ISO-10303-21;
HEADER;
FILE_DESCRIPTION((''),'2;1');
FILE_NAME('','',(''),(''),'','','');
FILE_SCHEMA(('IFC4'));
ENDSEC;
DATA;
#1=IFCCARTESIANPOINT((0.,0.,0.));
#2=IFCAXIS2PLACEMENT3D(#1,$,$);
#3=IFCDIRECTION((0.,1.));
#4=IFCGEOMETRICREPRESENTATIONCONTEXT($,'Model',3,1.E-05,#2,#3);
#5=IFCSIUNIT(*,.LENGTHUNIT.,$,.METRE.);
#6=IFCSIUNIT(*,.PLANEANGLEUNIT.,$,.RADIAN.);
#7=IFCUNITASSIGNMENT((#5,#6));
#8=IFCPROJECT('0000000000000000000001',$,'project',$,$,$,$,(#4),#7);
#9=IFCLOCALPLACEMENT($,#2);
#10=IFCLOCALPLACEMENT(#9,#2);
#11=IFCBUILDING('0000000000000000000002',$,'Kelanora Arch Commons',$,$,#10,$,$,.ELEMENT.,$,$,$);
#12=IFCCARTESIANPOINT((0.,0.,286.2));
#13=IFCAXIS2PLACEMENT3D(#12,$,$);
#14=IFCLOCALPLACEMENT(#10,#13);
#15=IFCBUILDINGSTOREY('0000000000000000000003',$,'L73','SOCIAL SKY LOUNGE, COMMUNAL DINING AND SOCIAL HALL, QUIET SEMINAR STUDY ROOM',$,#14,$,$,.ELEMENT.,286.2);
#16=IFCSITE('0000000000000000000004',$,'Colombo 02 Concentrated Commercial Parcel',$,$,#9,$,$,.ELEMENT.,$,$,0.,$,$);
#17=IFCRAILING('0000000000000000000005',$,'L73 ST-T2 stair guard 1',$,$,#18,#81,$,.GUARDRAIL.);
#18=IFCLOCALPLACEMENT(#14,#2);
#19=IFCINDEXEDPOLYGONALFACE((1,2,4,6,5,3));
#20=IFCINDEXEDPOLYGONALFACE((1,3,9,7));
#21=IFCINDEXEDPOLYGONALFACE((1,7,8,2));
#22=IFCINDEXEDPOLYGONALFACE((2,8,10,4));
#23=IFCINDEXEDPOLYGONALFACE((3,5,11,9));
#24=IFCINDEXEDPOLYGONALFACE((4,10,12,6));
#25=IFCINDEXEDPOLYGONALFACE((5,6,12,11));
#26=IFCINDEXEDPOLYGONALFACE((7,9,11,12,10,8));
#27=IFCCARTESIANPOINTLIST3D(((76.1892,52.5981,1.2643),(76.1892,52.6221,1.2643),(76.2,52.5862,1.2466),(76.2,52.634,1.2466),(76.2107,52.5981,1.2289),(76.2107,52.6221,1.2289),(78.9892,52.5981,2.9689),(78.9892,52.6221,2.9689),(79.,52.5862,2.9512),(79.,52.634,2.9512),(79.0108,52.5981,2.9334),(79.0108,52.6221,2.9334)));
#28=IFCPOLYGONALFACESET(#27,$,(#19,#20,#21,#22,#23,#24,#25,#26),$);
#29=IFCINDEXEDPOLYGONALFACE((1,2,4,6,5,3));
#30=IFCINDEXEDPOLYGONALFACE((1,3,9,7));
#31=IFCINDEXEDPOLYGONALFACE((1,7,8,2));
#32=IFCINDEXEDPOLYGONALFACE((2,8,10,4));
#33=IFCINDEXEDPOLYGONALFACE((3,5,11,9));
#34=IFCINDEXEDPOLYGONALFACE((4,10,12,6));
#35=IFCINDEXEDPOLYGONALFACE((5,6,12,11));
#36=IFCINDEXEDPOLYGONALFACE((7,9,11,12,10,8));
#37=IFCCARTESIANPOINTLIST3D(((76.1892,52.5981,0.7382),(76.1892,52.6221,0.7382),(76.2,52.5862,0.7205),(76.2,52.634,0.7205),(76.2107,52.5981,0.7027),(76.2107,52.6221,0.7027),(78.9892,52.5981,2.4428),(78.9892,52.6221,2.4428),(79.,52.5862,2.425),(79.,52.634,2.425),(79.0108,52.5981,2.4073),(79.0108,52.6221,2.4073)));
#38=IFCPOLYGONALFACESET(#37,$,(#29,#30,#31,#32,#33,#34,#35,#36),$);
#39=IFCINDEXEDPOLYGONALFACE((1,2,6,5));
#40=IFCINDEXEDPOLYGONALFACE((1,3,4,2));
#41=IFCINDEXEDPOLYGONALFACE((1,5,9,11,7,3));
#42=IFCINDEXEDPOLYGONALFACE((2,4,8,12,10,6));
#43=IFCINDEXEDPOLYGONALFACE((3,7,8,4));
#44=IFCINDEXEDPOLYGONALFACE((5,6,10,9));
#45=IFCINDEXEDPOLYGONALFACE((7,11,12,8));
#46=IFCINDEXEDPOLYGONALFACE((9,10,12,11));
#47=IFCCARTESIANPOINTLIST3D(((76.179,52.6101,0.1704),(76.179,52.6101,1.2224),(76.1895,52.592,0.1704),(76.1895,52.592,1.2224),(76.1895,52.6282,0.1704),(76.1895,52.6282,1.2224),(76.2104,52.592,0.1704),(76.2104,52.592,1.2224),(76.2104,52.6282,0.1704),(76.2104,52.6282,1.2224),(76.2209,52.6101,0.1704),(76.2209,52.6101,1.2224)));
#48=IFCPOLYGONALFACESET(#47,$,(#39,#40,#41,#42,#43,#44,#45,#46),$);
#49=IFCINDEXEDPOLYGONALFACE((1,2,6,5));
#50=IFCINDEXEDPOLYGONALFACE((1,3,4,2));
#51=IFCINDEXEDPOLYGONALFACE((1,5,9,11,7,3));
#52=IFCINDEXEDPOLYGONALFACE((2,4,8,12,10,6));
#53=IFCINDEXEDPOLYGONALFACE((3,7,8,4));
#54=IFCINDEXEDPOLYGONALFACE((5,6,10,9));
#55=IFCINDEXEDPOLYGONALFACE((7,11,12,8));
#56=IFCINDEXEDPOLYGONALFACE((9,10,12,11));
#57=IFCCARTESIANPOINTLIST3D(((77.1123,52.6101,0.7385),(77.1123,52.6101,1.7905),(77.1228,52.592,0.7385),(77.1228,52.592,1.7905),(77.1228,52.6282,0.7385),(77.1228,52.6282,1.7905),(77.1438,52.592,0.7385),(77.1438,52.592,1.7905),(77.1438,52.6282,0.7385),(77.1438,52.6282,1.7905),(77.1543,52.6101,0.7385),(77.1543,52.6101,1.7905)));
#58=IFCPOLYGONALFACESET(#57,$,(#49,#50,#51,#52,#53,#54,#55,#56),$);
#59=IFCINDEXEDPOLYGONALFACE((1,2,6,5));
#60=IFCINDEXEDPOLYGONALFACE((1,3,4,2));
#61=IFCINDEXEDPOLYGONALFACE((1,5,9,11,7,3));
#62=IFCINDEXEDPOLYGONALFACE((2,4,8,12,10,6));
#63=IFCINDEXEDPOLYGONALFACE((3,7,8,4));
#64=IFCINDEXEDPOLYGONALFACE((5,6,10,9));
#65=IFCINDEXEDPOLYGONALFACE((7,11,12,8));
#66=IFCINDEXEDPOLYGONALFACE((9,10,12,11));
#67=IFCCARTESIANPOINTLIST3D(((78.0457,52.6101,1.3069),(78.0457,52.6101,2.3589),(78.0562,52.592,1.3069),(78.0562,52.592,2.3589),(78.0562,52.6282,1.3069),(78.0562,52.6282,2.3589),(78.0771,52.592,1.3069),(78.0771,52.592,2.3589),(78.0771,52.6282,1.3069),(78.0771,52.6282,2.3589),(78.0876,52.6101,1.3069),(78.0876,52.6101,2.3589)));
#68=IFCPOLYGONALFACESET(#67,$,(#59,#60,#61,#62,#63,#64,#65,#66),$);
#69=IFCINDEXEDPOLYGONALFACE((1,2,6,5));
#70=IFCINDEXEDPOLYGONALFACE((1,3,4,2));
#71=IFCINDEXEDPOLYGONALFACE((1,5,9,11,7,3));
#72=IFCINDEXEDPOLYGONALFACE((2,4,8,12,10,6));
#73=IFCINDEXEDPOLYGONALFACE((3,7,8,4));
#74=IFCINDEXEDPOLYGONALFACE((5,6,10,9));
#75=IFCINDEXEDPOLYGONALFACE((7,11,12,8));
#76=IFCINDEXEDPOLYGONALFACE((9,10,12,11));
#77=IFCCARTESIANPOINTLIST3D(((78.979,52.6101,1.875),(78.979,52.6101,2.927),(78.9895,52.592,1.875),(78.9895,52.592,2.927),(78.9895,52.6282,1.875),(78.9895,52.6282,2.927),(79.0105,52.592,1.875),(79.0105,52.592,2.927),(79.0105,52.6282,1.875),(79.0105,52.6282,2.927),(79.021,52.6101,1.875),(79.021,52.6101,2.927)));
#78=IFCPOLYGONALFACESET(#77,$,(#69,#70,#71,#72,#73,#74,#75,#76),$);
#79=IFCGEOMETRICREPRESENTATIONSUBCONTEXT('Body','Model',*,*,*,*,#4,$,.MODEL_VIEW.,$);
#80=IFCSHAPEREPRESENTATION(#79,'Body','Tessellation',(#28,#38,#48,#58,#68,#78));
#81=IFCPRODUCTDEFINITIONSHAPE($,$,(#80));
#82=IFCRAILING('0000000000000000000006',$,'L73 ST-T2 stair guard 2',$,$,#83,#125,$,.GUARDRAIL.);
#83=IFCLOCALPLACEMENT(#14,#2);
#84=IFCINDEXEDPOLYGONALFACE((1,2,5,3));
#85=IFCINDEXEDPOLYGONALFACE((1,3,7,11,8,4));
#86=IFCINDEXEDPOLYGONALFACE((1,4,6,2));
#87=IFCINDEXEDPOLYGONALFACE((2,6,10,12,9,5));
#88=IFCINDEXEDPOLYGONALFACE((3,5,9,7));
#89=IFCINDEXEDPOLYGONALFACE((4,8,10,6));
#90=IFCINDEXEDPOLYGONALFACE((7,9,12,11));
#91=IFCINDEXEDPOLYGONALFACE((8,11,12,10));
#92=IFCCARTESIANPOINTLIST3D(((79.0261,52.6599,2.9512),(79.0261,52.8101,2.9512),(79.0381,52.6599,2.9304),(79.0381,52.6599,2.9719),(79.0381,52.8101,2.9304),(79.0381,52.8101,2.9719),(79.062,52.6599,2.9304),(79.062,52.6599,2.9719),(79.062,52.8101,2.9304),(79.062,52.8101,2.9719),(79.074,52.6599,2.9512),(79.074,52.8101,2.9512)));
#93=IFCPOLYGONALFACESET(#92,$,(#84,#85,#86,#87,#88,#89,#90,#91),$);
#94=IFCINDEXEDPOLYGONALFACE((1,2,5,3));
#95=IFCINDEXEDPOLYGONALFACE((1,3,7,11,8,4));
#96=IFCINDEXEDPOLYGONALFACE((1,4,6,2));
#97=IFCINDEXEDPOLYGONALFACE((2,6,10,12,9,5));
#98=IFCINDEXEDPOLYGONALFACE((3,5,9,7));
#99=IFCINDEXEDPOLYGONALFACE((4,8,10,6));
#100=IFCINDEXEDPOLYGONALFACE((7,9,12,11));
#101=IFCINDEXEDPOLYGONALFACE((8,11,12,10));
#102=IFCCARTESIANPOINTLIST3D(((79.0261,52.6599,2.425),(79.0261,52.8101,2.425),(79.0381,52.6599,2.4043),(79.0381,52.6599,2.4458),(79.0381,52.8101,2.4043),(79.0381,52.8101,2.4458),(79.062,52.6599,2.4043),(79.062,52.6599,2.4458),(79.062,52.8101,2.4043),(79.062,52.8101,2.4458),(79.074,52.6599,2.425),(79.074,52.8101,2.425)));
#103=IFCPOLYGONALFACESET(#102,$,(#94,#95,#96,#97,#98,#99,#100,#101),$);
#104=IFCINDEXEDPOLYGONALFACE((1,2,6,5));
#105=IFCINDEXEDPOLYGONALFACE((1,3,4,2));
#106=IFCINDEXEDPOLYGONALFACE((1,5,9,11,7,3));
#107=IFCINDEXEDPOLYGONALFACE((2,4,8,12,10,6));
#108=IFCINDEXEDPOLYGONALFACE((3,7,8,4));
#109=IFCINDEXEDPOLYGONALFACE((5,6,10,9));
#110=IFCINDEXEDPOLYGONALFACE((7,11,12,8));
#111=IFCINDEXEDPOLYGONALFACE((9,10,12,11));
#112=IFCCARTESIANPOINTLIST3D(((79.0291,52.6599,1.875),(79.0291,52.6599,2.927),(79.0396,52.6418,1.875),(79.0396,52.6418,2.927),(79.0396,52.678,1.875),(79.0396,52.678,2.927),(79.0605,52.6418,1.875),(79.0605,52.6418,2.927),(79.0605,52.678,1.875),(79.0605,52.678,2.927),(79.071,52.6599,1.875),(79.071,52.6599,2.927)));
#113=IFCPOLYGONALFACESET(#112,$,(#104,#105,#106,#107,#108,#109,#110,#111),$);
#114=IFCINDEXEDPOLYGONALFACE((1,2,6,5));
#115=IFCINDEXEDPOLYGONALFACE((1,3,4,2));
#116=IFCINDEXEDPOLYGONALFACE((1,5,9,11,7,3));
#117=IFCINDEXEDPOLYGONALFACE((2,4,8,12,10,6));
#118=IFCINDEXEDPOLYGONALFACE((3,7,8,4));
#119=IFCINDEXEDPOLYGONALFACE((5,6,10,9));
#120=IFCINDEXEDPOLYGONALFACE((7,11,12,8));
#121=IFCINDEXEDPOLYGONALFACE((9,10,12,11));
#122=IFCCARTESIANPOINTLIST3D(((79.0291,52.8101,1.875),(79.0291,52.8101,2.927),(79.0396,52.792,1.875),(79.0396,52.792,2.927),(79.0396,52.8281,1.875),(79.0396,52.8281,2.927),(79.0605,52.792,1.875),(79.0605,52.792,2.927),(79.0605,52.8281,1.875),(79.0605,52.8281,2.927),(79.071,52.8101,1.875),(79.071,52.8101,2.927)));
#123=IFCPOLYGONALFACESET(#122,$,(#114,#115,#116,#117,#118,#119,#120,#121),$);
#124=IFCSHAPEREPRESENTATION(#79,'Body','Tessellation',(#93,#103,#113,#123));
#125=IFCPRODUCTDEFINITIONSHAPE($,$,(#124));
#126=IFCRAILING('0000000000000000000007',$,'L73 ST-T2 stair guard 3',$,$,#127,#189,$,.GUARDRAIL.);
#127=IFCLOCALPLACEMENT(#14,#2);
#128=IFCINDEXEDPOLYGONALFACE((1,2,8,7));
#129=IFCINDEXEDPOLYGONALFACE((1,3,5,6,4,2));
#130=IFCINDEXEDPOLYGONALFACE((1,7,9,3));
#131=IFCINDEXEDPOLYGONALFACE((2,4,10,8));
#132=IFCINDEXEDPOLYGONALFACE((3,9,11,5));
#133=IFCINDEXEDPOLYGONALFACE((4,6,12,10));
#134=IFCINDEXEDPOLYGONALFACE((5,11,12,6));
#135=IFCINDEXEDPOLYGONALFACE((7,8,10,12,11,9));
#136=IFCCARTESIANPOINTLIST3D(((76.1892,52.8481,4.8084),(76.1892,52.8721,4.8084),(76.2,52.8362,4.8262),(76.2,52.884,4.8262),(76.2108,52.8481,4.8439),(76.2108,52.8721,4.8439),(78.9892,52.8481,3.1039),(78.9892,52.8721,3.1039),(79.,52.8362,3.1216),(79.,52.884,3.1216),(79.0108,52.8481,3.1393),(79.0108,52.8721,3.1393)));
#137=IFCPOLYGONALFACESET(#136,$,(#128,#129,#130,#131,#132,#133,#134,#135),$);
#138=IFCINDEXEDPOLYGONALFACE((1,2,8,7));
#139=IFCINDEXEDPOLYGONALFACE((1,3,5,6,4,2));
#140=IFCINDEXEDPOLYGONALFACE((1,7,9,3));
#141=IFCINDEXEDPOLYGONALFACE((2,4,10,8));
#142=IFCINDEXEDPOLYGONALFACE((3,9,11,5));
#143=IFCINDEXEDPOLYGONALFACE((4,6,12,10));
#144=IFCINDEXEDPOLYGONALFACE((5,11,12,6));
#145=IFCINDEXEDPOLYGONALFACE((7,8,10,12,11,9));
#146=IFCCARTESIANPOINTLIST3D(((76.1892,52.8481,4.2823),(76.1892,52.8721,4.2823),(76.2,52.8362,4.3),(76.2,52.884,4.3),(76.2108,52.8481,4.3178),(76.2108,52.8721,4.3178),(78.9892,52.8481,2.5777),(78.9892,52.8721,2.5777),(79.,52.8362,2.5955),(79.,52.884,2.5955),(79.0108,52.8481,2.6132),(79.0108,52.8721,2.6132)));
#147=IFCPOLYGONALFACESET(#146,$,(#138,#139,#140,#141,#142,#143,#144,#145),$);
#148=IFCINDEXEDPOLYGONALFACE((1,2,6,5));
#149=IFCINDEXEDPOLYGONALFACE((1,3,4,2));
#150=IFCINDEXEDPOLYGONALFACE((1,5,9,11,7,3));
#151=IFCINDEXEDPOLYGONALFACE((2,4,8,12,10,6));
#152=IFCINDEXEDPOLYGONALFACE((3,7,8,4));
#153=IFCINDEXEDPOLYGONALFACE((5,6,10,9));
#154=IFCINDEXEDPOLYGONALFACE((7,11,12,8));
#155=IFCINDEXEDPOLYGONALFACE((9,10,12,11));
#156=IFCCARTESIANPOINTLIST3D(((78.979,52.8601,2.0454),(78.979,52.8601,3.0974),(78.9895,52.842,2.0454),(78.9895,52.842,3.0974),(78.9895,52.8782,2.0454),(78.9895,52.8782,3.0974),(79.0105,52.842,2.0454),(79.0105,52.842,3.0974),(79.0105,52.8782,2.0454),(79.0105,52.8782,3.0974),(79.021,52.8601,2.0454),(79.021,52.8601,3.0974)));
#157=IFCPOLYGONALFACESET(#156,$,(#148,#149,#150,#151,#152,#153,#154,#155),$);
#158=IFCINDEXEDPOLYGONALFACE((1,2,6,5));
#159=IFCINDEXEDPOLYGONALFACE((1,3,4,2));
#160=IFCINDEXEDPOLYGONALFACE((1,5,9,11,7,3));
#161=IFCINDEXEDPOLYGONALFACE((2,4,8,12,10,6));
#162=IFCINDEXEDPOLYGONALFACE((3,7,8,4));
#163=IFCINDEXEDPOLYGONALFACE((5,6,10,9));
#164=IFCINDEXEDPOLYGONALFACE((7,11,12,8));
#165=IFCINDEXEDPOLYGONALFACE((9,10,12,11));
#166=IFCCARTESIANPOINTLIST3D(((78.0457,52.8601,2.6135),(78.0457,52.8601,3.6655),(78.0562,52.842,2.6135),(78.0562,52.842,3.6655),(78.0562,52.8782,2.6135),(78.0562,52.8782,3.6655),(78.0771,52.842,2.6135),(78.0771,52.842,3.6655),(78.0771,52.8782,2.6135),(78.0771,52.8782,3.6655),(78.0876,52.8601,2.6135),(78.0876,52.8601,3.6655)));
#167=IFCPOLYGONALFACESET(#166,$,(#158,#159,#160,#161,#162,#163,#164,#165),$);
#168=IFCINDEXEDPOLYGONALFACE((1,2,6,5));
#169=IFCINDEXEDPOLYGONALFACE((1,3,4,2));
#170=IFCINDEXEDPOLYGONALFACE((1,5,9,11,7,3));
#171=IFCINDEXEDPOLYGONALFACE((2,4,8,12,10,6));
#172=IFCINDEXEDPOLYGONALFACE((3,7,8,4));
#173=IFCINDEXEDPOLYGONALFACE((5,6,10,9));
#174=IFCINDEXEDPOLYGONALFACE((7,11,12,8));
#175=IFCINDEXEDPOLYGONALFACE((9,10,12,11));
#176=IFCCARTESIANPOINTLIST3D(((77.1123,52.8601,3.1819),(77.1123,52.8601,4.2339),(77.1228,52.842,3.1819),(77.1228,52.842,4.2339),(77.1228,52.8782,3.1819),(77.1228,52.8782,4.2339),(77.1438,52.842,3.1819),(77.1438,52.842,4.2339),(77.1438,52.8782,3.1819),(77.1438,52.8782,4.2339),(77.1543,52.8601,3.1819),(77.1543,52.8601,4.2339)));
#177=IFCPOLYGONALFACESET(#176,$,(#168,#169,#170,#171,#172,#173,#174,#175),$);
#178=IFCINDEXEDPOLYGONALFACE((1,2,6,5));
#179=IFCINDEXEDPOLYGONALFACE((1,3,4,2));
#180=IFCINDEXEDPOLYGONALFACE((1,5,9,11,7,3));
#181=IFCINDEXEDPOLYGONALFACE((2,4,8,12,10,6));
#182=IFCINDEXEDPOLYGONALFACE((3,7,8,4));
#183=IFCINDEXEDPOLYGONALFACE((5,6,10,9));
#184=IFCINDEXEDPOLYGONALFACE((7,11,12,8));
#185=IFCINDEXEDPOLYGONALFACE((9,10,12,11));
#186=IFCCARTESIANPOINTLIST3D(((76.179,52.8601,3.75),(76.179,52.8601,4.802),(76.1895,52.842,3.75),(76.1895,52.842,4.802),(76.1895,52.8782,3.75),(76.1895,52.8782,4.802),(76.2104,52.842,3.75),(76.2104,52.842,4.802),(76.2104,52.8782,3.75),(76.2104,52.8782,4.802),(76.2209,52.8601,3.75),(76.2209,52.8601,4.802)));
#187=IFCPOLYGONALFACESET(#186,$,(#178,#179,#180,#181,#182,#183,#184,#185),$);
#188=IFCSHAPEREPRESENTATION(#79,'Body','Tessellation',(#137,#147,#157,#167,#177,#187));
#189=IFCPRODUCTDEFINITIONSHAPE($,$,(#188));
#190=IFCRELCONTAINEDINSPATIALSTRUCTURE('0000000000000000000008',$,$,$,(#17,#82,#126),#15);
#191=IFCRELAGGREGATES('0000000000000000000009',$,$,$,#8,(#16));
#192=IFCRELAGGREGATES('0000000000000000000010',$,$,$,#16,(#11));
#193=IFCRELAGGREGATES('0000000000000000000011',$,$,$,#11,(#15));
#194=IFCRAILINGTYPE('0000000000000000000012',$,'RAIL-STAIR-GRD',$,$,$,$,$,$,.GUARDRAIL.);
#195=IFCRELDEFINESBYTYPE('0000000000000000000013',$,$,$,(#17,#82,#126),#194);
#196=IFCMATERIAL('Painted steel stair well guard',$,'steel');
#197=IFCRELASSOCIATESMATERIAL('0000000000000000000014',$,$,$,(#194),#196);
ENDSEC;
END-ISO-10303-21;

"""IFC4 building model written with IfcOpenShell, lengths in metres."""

from ifc_helpers import new_model, si_unit, direction, frame, origin, place, context, subcontext, project, spatial, polyline, outline, extrude, material, type_object, element, save


model = new_model("IFC4")

# Units and contexts
model_context = context("Model", 3, precision=1e-05, world=origin(), true_north=direction((0.0, 1.0)))
body_context = subcontext(model_context, "Body", "Model", "MODEL_VIEW")
ifc_project = project(units=[si_unit("LENGTHUNIT", "METRE"), si_unit("PLANEANGLEUNIT", "RADIAN")], contexts=[model_context])

# Site, building, storey
site_placement = place(None, origin())
site = spatial("IfcSite", under=ifc_project, at=site_placement, Name="Colombo 02 Concentrated Commercial Parcel", CompositionType="ELEMENT", RefElevation=0.0)
building_placement = place(site_placement, origin())
building = spatial("IfcBuilding", under=site, at=building_placement, Name="Kelanora Arch Commons", CompositionType="ELEMENT")
storey_placement = place(building_placement, frame((0.0, 0.0, 286.2)))
storey = spatial("IfcBuildingStorey", under=building, at=storey_placement, Name="L73", Description="SOCIAL SKY LOUNGE, COMMUNAL DINING AND SOCIAL HALL, QUIET SEMINAR STUDY ROOM", CompositionType="ELEMENT", Elevation=286.2)

# Railings
ifc_material_1 = material(Name="Painted steel stair well guard", Category="steel")
railing_type_1 = type_object("IfcRailingType", Name="RAIL-STAIR-GRD", PredefinedType="GUARDRAIL", material=ifc_material_1)
railing_1_placement = place(storey_placement, frame((76.2, 52.6101, 0.1704)))
element("IfcRailing", 1, at=railing_1_placement, inside=storey, type_object=railing_type_1, Name="L73 ST-T2 stair guard 1", PredefinedType="GUARDRAIL", context=body_context, shape_type="SweptSolid", body=[
    extrude(outline(polyline([(0.0239, 0.0), (0.012, 0.0208), (-0.012, 0.0208), (-0.0239, 0.0), (-0.012, -0.0208), (0.012, -0.0208), (0.0239, 0.0)])), frame((0.0, 0.0, 1.0762), z_axis=(0.85417, 0.0, 0.519994), x_axis=(0.0, 1.0, 0.0)), (0.0, 0.0, 1.0), 3.2781),
    extrude(outline(polyline([(0.0239, 0.0), (0.012, 0.0208), (-0.012, 0.0208), (-0.0239, 0.0), (-0.012, -0.0208), (0.012, -0.0208), (0.0239, 0.0)])), frame((0.0, 0.0, 0.55), z_axis=(0.85417, 0.0, 0.519994), x_axis=(0.0, 1.0, 0.0)), (0.0, 0.0, 1.0), 3.2781),
    extrude(outline(polyline([(0.021, 0.0), (0.0105, 0.0181), (-0.0105, 0.0181), (-0.021, 0.0), (-0.0105, -0.0181), (0.0105, -0.0181), (0.021, 0.0)])), origin(), (0.0, 0.0, 1.0), 1.052),
    extrude(outline(polyline([(0.021, 0.0), (0.0105, 0.0181), (-0.0105, 0.0181), (-0.021, 0.0), (-0.0105, -0.0181), (0.0105, -0.0181), (0.021, 0.0)])), frame((0.9333, 0.0, 0.5681)), (0.0, 0.0, 1.0), 1.052),
    extrude(outline(polyline([(0.021, 0.0), (0.0105, 0.0181), (-0.0105, 0.0181), (-0.021, 0.0), (-0.0105, -0.0181), (0.0105, -0.0181), (0.021, 0.0)])), frame((1.8667, 0.0, 1.1365)), (0.0, 0.0, 1.0), 1.052),
    extrude(outline(polyline([(0.021, 0.0), (0.0105, 0.0181), (-0.0105, 0.0181), (-0.021, 0.0), (-0.0105, -0.0181), (0.0105, -0.0181), (0.021, 0.0)])), frame((2.8, 0.0, 1.7046)), (0.0, 0.0, 1.0), 1.052),
])
railing_2_placement = place(storey_placement, frame((79.05, 52.6599, 1.875)))
element("IfcRailing", 2, at=railing_2_placement, inside=storey, type_object=railing_type_1, Name="L73 ST-T2 stair guard 2", PredefinedType="GUARDRAIL", context=body_context, shape_type="SweptSolid", body=[
    extrude(outline(polyline([(0.0239, 0.0), (0.012, 0.0208), (-0.012, 0.0208), (-0.0239, 0.0), (-0.012, -0.0208), (0.012, -0.0208), (0.0239, 0.0)])), frame((0.0, 0.0, 1.0762), z_axis=(0.0, 1.0, 0.0), x_axis=(-1.0, 0.0, 0.0)), (0.0, 0.0, 1.0), 0.1501),
    extrude(outline(polyline([(0.0239, 0.0), (0.012, 0.0208), (-0.012, 0.0208), (-0.0239, 0.0), (-0.012, -0.0208), (0.012, -0.0208), (0.0239, 0.0)])), frame((0.0, 0.0, 0.55), z_axis=(0.0, 1.0, 0.0), x_axis=(-1.0, 0.0, 0.0)), (0.0, 0.0, 1.0), 0.1501),
    extrude(outline(polyline([(0.021, 0.0), (0.0105, 0.0181), (-0.0105, 0.0181), (-0.021, 0.0), (-0.0105, -0.0181), (0.0105, -0.0181), (0.021, 0.0)])), origin(), (0.0, 0.0, 1.0), 1.052),
    extrude(outline(polyline([(0.021, 0.0), (0.0105, 0.0181), (-0.0105, 0.0181), (-0.021, 0.0), (-0.0105, -0.0181), (0.0105, -0.0181), (0.021, 0.0)])), frame((0.0, 0.1501, 0.0)), (0.0, 0.0, 1.0), 1.052),
])
railing_3_placement = place(storey_placement, frame((79.0, 52.8601, 2.0454)))
element("IfcRailing", 3, at=railing_3_placement, inside=storey, type_object=railing_type_1, Name="L73 ST-T2 stair guard 3", PredefinedType="GUARDRAIL", context=body_context, shape_type="SweptSolid", body=[
    extrude(outline(polyline([(0.0239, 0.0), (0.012, 0.0208), (-0.012, 0.0208), (-0.0239, 0.0), (-0.012, -0.0208), (0.012, -0.0208), (0.0239, 0.0)])), frame((0.0, 0.0, 1.0762), z_axis=(-0.85417, 0.0, 0.519994), x_axis=(0.0, -1.0, 0.0)), (0.0, 0.0, 1.0), 3.2781),
    extrude(outline(polyline([(0.0239, 0.0), (0.012, 0.0208), (-0.012, 0.0208), (-0.0239, 0.0), (-0.012, -0.0208), (0.012, -0.0208), (0.0239, 0.0)])), frame((0.0, 0.0, 0.55), z_axis=(-0.85417, 0.0, 0.519994), x_axis=(0.0, -1.0, 0.0)), (0.0, 0.0, 1.0), 3.2781),
    extrude(outline(polyline([(0.021, 0.0), (0.0105, 0.0181), (-0.0105, 0.0181), (-0.021, 0.0), (-0.0105, -0.0181), (0.0105, -0.0181), (0.021, 0.0)])), origin(), (0.0, 0.0, 1.0), 1.052),
    extrude(outline(polyline([(0.021, 0.0), (0.0105, 0.0181), (-0.0105, 0.0181), (-0.021, 0.0), (-0.0105, -0.0181), (0.0105, -0.0181), (0.021, 0.0)])), frame((-0.9333, 0.0, 0.5681)), (0.0, 0.0, 1.0), 1.052),
    extrude(outline(polyline([(0.021, 0.0), (0.0105, 0.0181), (-0.0105, 0.0181), (-0.021, 0.0), (-0.0105, -0.0181), (0.0105, -0.0181), (0.021, 0.0)])), frame((-1.8667, 0.0, 1.1365)), (0.0, 0.0, 1.0), 1.052),
    extrude(outline(polyline([(0.021, 0.0), (0.0105, 0.0181), (-0.0105, 0.0181), (-0.021, 0.0), (-0.0105, -0.0181), (0.0105, -0.0181), (0.021, 0.0)])), frame((-2.8, 0.0, 1.7046)), (0.0, 0.0, 1.0), 1.052),
])

save(model, "model.ifc")
